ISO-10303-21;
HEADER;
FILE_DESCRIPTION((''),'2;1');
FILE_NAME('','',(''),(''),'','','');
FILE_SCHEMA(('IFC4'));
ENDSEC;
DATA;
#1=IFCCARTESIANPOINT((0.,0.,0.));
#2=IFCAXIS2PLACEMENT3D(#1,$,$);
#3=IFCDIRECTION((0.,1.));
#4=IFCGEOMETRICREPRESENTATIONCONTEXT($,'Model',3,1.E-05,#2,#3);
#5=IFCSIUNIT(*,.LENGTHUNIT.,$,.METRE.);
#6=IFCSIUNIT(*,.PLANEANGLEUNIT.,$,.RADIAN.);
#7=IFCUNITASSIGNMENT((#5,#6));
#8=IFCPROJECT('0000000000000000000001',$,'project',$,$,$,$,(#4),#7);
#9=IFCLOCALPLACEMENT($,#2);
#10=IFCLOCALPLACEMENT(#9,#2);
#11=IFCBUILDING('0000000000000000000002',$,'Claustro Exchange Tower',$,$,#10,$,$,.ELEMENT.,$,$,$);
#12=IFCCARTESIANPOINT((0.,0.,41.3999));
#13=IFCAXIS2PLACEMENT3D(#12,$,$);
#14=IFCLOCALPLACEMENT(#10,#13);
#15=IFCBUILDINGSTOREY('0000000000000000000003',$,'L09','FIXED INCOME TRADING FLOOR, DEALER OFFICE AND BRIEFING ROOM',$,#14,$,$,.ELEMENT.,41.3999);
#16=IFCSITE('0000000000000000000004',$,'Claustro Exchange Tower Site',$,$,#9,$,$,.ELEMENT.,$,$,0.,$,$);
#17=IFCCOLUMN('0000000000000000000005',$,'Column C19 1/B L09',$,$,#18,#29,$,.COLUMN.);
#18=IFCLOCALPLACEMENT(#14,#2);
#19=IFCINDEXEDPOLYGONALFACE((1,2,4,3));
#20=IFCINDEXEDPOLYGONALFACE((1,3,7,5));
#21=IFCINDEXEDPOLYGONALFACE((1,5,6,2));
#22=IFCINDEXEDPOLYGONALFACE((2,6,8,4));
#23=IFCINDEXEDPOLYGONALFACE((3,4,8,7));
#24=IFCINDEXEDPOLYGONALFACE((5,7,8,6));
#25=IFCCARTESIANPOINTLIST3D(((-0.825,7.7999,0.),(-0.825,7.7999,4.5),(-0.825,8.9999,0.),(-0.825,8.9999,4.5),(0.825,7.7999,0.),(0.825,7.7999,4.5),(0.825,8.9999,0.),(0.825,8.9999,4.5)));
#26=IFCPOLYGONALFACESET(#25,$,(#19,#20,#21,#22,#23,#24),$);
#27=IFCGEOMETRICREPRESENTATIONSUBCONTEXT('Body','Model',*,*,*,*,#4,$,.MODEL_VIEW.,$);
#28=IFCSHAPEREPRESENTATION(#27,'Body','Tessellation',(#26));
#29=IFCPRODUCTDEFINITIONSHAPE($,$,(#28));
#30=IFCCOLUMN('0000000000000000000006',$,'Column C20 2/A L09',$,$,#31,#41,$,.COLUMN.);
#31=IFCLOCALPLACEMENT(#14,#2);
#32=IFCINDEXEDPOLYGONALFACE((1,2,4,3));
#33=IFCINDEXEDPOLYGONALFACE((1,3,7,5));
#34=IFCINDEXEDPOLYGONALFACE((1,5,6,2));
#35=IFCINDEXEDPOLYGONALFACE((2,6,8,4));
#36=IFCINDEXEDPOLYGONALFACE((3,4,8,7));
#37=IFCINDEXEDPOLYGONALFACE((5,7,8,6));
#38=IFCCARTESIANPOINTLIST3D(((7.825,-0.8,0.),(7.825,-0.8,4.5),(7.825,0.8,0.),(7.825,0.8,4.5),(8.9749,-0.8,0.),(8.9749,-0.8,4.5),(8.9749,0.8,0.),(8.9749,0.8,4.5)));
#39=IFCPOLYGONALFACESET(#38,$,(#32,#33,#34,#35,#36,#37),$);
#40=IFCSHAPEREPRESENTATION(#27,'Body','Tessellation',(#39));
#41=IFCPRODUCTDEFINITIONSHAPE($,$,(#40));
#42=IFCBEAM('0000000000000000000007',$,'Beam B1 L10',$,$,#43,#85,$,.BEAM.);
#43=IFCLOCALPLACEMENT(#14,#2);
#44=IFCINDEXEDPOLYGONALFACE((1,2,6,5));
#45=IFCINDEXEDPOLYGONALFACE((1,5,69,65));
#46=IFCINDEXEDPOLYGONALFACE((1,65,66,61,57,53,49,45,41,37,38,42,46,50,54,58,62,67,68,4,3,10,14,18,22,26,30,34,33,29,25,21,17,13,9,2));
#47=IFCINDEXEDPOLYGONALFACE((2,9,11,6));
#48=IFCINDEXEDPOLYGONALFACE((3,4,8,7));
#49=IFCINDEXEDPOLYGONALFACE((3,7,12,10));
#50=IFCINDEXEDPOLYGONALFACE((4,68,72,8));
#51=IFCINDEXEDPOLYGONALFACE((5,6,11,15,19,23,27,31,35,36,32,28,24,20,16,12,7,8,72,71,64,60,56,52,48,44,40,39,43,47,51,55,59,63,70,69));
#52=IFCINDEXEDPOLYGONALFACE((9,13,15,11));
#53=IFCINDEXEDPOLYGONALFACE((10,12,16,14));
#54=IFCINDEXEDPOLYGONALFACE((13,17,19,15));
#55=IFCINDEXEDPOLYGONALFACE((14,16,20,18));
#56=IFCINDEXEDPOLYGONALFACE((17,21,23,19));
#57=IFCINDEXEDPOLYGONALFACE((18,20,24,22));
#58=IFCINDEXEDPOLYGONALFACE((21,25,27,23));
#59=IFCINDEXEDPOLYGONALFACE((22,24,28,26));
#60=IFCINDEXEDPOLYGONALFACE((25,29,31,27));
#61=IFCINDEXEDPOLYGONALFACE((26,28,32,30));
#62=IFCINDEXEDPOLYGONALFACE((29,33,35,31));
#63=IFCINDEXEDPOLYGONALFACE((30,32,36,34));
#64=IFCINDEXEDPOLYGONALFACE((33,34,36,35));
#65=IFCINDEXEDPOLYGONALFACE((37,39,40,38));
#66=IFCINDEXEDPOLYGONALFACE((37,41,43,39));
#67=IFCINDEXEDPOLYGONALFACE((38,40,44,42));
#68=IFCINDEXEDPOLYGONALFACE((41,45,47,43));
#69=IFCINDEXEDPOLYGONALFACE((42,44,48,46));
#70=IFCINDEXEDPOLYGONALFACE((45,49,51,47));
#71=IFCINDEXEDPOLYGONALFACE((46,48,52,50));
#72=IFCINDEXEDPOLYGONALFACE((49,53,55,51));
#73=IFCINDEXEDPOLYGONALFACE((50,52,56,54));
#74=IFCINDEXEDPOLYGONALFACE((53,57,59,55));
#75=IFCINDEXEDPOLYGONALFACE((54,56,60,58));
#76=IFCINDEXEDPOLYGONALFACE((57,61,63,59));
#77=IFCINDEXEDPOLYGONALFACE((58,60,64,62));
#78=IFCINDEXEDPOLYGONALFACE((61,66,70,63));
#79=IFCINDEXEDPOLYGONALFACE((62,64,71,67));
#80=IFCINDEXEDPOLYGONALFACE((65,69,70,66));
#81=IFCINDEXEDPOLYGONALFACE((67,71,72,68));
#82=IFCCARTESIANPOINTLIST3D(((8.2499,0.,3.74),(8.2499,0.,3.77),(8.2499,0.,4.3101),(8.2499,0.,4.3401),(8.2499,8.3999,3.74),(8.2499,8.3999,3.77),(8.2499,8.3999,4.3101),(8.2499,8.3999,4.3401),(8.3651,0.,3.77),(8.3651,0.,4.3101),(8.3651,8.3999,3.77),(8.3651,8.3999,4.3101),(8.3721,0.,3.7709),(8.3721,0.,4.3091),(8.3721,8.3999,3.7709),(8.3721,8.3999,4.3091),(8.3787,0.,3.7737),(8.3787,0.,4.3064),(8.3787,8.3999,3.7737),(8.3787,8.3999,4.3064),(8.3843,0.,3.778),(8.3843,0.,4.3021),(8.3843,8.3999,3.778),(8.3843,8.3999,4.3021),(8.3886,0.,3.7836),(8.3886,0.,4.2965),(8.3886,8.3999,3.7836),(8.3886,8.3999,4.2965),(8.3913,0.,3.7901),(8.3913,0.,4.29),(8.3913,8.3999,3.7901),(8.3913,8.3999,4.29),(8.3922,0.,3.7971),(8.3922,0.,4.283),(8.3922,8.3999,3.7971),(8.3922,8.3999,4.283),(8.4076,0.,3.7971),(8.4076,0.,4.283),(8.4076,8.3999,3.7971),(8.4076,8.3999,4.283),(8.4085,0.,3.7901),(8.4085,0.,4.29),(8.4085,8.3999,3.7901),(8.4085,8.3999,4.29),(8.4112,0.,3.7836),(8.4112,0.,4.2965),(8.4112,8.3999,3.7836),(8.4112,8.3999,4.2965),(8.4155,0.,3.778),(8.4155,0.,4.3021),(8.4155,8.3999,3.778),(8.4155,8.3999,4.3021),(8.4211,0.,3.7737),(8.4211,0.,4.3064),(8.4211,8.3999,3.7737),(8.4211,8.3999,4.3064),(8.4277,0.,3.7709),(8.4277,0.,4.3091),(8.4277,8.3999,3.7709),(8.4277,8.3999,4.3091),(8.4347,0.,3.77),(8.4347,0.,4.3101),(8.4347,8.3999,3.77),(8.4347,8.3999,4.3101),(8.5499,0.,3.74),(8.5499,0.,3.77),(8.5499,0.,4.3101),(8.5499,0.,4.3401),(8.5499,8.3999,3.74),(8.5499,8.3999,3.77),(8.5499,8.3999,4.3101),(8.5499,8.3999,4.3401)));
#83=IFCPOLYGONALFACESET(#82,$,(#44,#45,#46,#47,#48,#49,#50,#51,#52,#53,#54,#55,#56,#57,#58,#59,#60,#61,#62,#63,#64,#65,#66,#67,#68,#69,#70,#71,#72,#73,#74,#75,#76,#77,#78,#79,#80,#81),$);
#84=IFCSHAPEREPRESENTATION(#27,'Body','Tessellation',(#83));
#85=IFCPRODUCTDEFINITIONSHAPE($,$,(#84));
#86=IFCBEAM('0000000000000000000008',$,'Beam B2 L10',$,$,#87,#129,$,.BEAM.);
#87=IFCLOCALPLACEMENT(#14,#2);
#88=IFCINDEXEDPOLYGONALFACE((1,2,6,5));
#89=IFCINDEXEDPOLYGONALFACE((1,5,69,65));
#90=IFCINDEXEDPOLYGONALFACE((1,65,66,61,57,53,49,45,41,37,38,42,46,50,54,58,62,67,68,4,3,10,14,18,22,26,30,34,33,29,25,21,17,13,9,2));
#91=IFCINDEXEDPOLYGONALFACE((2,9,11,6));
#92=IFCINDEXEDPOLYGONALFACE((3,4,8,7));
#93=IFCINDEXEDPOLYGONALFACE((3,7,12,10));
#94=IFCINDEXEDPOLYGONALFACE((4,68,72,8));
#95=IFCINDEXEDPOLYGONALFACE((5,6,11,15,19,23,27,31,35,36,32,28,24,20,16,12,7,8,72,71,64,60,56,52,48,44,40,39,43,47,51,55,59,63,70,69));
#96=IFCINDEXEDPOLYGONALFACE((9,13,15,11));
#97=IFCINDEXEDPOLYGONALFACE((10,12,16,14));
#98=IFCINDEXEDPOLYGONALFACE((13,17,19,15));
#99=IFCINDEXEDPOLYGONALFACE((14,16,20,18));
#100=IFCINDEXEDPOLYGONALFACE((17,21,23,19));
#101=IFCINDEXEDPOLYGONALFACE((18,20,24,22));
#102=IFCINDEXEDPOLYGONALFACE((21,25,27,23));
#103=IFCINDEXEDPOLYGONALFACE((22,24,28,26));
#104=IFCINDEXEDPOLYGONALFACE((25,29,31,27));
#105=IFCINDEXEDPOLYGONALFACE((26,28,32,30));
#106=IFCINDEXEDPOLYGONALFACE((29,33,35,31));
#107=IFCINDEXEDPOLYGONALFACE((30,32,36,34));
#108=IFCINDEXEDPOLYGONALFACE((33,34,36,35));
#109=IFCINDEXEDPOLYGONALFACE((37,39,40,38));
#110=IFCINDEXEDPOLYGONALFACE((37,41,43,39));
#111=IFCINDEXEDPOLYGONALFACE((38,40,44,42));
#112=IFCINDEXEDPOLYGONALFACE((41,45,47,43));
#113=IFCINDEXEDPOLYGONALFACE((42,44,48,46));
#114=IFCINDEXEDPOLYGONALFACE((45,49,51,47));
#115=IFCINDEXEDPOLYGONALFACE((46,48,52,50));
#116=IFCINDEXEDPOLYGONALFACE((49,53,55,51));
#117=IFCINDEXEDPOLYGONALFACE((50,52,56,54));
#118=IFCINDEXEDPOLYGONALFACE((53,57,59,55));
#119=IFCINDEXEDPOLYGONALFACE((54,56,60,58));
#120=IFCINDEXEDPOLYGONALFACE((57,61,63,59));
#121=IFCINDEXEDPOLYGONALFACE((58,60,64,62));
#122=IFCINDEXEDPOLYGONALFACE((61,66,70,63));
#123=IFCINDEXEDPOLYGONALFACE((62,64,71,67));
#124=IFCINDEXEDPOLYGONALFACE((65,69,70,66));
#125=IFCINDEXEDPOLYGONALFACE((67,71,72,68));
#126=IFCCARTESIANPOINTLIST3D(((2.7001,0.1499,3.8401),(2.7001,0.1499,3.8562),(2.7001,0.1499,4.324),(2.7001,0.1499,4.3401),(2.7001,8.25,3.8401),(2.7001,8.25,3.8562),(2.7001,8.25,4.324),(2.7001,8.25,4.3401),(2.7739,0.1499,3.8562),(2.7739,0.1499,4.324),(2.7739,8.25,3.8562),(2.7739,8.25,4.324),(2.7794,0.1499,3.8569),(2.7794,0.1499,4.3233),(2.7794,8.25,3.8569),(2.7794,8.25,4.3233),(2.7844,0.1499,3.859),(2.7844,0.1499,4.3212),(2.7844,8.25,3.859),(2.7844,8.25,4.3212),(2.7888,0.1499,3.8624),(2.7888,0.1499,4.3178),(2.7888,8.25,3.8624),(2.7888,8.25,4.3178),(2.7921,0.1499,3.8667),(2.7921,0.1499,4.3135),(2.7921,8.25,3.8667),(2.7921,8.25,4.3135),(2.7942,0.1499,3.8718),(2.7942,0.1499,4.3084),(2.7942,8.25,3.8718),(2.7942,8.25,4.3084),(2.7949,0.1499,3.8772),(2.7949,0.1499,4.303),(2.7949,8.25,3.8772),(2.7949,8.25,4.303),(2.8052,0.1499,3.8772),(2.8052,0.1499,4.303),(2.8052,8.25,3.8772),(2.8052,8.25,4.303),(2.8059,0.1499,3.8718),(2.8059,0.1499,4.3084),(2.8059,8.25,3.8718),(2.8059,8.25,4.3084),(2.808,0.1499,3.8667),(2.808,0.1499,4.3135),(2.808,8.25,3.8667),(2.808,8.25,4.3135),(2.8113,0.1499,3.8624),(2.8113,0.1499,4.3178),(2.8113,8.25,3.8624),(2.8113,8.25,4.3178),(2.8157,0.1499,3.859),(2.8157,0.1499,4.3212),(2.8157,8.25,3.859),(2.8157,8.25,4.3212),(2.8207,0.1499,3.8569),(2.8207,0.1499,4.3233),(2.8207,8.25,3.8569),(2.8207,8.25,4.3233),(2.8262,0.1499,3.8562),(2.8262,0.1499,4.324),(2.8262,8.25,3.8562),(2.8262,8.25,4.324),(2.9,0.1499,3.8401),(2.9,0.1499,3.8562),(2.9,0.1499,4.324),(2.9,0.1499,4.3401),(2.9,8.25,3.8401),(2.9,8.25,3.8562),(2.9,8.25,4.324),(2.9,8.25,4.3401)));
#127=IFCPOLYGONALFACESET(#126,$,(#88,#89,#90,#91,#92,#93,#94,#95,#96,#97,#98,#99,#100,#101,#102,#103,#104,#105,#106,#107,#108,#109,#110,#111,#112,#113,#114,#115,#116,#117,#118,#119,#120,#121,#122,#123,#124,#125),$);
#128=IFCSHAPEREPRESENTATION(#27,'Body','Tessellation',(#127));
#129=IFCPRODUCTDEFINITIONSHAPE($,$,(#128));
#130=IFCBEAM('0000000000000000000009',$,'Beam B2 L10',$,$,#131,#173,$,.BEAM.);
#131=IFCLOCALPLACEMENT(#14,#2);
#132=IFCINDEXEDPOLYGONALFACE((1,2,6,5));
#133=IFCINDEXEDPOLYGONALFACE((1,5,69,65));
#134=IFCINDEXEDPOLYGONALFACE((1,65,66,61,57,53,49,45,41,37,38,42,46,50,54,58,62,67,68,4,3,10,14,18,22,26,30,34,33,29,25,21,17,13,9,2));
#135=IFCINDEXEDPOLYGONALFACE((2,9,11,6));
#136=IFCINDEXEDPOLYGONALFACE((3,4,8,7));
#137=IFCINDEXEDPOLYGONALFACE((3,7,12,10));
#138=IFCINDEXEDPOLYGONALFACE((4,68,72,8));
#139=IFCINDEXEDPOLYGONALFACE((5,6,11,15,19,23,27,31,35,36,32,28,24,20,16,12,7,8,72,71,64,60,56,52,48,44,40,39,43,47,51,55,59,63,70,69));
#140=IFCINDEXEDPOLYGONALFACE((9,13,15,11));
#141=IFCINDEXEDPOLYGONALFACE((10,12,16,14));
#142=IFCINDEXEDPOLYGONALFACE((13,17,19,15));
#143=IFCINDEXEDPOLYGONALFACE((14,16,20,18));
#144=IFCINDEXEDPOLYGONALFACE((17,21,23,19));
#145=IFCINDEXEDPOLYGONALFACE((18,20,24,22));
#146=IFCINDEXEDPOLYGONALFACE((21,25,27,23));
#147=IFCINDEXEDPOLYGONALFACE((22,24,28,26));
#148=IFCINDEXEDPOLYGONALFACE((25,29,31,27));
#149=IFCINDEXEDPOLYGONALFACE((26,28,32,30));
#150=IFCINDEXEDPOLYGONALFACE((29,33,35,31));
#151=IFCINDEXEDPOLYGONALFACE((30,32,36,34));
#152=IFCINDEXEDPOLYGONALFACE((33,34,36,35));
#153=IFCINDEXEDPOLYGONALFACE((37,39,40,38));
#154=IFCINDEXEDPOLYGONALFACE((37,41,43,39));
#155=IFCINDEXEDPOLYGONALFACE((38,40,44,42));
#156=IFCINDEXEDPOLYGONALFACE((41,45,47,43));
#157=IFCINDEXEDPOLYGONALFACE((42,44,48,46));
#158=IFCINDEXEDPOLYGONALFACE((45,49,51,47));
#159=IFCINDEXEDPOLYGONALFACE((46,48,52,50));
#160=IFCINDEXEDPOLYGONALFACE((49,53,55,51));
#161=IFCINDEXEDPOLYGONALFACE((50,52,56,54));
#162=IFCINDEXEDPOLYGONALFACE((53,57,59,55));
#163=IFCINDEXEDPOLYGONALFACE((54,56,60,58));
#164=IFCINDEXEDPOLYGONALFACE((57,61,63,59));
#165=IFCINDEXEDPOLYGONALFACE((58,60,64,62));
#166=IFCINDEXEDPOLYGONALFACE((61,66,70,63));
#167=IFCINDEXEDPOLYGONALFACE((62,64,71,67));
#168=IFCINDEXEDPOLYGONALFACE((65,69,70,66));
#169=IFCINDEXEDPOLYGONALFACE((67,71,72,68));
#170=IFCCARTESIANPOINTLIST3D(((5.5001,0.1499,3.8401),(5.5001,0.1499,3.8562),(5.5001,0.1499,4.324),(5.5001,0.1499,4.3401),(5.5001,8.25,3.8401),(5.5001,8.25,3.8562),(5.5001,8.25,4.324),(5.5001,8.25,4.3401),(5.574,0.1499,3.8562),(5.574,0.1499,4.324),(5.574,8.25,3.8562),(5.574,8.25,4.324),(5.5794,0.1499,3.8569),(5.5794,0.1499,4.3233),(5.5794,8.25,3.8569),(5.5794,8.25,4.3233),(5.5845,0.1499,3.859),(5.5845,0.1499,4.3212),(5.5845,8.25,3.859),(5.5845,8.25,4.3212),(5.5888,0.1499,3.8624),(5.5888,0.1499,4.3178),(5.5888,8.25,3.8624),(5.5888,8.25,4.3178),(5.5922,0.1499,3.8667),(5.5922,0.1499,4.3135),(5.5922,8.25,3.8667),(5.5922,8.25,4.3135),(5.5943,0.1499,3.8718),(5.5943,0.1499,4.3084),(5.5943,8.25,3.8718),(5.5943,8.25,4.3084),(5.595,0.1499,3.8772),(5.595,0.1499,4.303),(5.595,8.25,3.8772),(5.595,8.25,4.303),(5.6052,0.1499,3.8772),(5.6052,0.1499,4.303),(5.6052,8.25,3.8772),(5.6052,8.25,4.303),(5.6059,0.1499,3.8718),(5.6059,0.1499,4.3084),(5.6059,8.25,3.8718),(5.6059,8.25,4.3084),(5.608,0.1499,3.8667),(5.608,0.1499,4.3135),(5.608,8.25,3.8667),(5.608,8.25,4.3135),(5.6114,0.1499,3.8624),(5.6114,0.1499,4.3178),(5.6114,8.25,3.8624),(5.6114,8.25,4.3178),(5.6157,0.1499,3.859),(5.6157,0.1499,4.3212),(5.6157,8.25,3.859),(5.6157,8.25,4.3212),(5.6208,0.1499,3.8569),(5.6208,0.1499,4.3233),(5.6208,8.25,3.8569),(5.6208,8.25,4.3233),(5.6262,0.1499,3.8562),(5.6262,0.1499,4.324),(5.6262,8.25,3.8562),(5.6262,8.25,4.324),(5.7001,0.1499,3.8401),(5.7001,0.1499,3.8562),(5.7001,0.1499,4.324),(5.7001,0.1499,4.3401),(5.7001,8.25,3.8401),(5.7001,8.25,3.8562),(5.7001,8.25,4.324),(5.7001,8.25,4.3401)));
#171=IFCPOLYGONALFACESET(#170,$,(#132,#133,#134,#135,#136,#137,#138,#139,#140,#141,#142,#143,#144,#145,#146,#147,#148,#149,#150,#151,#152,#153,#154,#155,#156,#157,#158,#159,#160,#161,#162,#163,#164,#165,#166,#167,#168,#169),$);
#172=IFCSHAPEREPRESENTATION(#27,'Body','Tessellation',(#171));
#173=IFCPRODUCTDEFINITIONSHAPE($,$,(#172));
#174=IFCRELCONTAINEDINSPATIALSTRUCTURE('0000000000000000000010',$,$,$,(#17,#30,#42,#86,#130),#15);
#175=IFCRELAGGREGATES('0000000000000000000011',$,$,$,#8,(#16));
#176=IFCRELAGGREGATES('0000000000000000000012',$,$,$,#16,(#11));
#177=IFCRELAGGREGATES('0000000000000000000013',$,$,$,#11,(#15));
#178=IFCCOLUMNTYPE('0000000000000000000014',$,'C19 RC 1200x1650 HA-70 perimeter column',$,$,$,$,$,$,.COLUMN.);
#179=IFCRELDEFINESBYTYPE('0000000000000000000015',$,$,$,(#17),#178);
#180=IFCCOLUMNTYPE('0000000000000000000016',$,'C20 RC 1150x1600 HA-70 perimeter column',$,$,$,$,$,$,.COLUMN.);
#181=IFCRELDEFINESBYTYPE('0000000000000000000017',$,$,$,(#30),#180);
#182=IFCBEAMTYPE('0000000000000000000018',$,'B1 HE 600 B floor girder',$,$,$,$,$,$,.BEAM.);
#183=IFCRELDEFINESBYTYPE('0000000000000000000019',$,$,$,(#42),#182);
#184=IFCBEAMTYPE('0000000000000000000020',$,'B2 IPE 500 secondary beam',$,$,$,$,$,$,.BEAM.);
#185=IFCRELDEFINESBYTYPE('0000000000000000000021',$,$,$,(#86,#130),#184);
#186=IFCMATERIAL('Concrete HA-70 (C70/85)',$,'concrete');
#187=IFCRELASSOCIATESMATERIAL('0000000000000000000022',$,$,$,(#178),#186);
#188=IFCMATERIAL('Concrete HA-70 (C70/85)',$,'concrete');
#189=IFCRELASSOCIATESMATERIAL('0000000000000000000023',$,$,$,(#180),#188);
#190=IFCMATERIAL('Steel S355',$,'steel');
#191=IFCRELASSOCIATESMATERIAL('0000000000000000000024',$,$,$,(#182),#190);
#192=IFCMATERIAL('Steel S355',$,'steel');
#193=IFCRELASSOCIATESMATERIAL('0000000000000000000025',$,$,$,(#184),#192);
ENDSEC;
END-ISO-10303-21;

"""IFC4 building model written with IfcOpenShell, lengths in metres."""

from ifc_helpers import new_model, si_unit, direction, frame, origin, origin_2d, place, context, subcontext, project, spatial, rectangle, i_section, extrude, material, material_profile, profile_set, type_object, element, save


model = new_model("IFC4")

# Units and contexts
model_context = context("Model", 3, precision=1e-05, world=origin(), true_north=direction((0.0, 1.0)))
body_context = subcontext(model_context, "Body", "Model", "MODEL_VIEW")
ifc_project = project(units=[si_unit("LENGTHUNIT", "METRE"), si_unit("PLANEANGLEUNIT", "RADIAN")], contexts=[model_context])

# Site, building, storey
site_placement = place(None, origin())
site = spatial("IfcSite", under=ifc_project, at=site_placement, Name="Claustro Exchange Tower Site", CompositionType="ELEMENT", RefElevation=0.0)
building_placement = place(site_placement, origin())
building = spatial("IfcBuilding", under=site, at=building_placement, Name="Claustro Exchange Tower", CompositionType="ELEMENT")
storey_placement = place(building_placement, frame((0.0, 0.0, 41.3999)))
storey = spatial("IfcBuildingStorey", under=building, at=storey_placement, Name="L09", Description="FIXED INCOME TRADING FLOOR, DEALER OFFICE AND BRIEFING ROOM", CompositionType="ELEMENT", Elevation=41.3999)

# Columns
ifc_material_1 = material(Name="Concrete HA-70 (C70/85)", Category="concrete")
ifc_material_profile_1 = material_profile(ifc_material_1, rectangle(XDim=1.2, YDim=1.6499, at=origin_2d()), Name="RC 1200x1650")
ifc_profile_set_1 = profile_set([ifc_material_profile_1], Name="Concrete HA-70 (C70/85)")
column_type_1 = type_object("IfcColumnType", Name="C19 RC 1200x1650 HA-70 perimeter column", PredefinedType="COLUMN", material=ifc_profile_set_1)
column_1_placement = place(storey_placement, frame((0.0, 8.3999, 0.0), z_axis=(0.0, 0.0, 1.0), x_axis=(0.0, 1.0, 0.0)))
element("IfcColumn", 1, at=column_1_placement, inside=storey, type_object=column_type_1, Name="Column C19 1/B L09", PredefinedType="COLUMN", context=body_context, shape_type="SweptSolid", body=[
    extrude(rectangle(XDim=1.2, YDim=1.6499, at=origin_2d()), origin(), (0.0, 0.0, 1.0), 4.5),
])
ifc_material_2 = material(Name="Concrete HA-70 (C70/85)", Category="concrete")
ifc_material_profile_2 = material_profile(ifc_material_2, rectangle(XDim=1.1499, YDim=1.6001, at=origin_2d()), Name="RC 1150x1600")
ifc_profile_set_2 = profile_set([ifc_material_profile_2], Name="Concrete HA-70 (C70/85)")
column_type_2 = type_object("IfcColumnType", Name="C20 RC 1150x1600 HA-70 perimeter column", PredefinedType="COLUMN", material=ifc_profile_set_2)
column_2_placement = place(storey_placement, frame((8.3999, 0.0, 0.0), z_axis=(0.0, 0.0, 1.0), x_axis=(1.0, 0.0, 0.0)))
element("IfcColumn", 2, at=column_2_placement, inside=storey, type_object=column_type_2, Name="Column C20 2/A L09", PredefinedType="COLUMN", context=body_context, shape_type="SweptSolid", body=[
    extrude(rectangle(XDim=1.1499, YDim=1.6001, at=origin_2d()), origin(), (0.0, 0.0, 1.0), 4.5),
])

# Beams
ifc_material_3 = material(Name="Steel S355", Category="steel")
ifc_material_profile_3 = material_profile(ifc_material_3, i_section(OverallWidth=0.3, OverallDepth=0.6001, WebThickness=0.0154, FlangeThickness=0.03, FilletRadius=0.0271, at=origin_2d()), Name="HE 600 B")
ifc_profile_set_3 = profile_set([ifc_material_profile_3], Name="Steel S355")
beam_type_1 = type_object("IfcBeamType", Name="B1 HE 600 B floor girder", PredefinedType="BEAM", material=ifc_profile_set_3)
beam_1_placement = place(storey_placement, frame((8.3999, 0.0, 4.04), z_axis=(0.0, 1.0, 0.0), x_axis=(-1.0, 0.0, 0.0)))
element("IfcBeam", 3, at=beam_1_placement, inside=storey, type_object=beam_type_1, Name="Beam B1 L10", PredefinedType="BEAM", context=body_context, shape_type="SweptSolid", body=[
    extrude(i_section(OverallWidth=0.3, OverallDepth=0.6001, WebThickness=0.0154, FlangeThickness=0.03, FilletRadius=0.0271, at=origin_2d()), origin(), (0.0, 0.0, 1.0), 8.3999),
])
ifc_material_4 = material(Name="Steel S355", Category="steel")
ifc_material_profile_4 = material_profile(ifc_material_4, i_section(OverallWidth=0.2, OverallDepth=0.5, WebThickness=0.0103, FlangeThickness=0.0161, FilletRadius=0.021, at=origin_2d()), Name="IPE 500")
ifc_profile_set_4 = profile_set([ifc_material_profile_4], Name="Steel S355")
beam_type_2 = type_object("IfcBeamType", Name="B2 IPE 500 secondary beam", PredefinedType="BEAM", material=ifc_profile_set_4)
for number, where, z_axis, x_axis, name in (
    (4, (2.8, 0.1499, 4.0901), (0.0, 1.0, 0.0), (-1.0, 0.0, 0.0), "Beam B2 L10"),
    (5, (5.6001, 0.1499, 4.0901), (0.0, 1.0, 0.0), (-1.0, 0.0, 0.0), "Beam B2 L10"),
):
    element("IfcBeam", number, at=place(storey_placement, frame(where, z_axis=z_axis, x_axis=x_axis)), inside=storey, type_object=beam_type_2, Name=name, PredefinedType="BEAM", context=body_context, shape_type="SweptSolid", body=[
        extrude(i_section(OverallWidth=0.2, OverallDepth=0.5, WebThickness=0.0103, FlangeThickness=0.0161, FilletRadius=0.021, at=origin_2d()), origin(), (0.0, 0.0, 1.0), 8.1001),
    ])

save(model, "model.ifc")
